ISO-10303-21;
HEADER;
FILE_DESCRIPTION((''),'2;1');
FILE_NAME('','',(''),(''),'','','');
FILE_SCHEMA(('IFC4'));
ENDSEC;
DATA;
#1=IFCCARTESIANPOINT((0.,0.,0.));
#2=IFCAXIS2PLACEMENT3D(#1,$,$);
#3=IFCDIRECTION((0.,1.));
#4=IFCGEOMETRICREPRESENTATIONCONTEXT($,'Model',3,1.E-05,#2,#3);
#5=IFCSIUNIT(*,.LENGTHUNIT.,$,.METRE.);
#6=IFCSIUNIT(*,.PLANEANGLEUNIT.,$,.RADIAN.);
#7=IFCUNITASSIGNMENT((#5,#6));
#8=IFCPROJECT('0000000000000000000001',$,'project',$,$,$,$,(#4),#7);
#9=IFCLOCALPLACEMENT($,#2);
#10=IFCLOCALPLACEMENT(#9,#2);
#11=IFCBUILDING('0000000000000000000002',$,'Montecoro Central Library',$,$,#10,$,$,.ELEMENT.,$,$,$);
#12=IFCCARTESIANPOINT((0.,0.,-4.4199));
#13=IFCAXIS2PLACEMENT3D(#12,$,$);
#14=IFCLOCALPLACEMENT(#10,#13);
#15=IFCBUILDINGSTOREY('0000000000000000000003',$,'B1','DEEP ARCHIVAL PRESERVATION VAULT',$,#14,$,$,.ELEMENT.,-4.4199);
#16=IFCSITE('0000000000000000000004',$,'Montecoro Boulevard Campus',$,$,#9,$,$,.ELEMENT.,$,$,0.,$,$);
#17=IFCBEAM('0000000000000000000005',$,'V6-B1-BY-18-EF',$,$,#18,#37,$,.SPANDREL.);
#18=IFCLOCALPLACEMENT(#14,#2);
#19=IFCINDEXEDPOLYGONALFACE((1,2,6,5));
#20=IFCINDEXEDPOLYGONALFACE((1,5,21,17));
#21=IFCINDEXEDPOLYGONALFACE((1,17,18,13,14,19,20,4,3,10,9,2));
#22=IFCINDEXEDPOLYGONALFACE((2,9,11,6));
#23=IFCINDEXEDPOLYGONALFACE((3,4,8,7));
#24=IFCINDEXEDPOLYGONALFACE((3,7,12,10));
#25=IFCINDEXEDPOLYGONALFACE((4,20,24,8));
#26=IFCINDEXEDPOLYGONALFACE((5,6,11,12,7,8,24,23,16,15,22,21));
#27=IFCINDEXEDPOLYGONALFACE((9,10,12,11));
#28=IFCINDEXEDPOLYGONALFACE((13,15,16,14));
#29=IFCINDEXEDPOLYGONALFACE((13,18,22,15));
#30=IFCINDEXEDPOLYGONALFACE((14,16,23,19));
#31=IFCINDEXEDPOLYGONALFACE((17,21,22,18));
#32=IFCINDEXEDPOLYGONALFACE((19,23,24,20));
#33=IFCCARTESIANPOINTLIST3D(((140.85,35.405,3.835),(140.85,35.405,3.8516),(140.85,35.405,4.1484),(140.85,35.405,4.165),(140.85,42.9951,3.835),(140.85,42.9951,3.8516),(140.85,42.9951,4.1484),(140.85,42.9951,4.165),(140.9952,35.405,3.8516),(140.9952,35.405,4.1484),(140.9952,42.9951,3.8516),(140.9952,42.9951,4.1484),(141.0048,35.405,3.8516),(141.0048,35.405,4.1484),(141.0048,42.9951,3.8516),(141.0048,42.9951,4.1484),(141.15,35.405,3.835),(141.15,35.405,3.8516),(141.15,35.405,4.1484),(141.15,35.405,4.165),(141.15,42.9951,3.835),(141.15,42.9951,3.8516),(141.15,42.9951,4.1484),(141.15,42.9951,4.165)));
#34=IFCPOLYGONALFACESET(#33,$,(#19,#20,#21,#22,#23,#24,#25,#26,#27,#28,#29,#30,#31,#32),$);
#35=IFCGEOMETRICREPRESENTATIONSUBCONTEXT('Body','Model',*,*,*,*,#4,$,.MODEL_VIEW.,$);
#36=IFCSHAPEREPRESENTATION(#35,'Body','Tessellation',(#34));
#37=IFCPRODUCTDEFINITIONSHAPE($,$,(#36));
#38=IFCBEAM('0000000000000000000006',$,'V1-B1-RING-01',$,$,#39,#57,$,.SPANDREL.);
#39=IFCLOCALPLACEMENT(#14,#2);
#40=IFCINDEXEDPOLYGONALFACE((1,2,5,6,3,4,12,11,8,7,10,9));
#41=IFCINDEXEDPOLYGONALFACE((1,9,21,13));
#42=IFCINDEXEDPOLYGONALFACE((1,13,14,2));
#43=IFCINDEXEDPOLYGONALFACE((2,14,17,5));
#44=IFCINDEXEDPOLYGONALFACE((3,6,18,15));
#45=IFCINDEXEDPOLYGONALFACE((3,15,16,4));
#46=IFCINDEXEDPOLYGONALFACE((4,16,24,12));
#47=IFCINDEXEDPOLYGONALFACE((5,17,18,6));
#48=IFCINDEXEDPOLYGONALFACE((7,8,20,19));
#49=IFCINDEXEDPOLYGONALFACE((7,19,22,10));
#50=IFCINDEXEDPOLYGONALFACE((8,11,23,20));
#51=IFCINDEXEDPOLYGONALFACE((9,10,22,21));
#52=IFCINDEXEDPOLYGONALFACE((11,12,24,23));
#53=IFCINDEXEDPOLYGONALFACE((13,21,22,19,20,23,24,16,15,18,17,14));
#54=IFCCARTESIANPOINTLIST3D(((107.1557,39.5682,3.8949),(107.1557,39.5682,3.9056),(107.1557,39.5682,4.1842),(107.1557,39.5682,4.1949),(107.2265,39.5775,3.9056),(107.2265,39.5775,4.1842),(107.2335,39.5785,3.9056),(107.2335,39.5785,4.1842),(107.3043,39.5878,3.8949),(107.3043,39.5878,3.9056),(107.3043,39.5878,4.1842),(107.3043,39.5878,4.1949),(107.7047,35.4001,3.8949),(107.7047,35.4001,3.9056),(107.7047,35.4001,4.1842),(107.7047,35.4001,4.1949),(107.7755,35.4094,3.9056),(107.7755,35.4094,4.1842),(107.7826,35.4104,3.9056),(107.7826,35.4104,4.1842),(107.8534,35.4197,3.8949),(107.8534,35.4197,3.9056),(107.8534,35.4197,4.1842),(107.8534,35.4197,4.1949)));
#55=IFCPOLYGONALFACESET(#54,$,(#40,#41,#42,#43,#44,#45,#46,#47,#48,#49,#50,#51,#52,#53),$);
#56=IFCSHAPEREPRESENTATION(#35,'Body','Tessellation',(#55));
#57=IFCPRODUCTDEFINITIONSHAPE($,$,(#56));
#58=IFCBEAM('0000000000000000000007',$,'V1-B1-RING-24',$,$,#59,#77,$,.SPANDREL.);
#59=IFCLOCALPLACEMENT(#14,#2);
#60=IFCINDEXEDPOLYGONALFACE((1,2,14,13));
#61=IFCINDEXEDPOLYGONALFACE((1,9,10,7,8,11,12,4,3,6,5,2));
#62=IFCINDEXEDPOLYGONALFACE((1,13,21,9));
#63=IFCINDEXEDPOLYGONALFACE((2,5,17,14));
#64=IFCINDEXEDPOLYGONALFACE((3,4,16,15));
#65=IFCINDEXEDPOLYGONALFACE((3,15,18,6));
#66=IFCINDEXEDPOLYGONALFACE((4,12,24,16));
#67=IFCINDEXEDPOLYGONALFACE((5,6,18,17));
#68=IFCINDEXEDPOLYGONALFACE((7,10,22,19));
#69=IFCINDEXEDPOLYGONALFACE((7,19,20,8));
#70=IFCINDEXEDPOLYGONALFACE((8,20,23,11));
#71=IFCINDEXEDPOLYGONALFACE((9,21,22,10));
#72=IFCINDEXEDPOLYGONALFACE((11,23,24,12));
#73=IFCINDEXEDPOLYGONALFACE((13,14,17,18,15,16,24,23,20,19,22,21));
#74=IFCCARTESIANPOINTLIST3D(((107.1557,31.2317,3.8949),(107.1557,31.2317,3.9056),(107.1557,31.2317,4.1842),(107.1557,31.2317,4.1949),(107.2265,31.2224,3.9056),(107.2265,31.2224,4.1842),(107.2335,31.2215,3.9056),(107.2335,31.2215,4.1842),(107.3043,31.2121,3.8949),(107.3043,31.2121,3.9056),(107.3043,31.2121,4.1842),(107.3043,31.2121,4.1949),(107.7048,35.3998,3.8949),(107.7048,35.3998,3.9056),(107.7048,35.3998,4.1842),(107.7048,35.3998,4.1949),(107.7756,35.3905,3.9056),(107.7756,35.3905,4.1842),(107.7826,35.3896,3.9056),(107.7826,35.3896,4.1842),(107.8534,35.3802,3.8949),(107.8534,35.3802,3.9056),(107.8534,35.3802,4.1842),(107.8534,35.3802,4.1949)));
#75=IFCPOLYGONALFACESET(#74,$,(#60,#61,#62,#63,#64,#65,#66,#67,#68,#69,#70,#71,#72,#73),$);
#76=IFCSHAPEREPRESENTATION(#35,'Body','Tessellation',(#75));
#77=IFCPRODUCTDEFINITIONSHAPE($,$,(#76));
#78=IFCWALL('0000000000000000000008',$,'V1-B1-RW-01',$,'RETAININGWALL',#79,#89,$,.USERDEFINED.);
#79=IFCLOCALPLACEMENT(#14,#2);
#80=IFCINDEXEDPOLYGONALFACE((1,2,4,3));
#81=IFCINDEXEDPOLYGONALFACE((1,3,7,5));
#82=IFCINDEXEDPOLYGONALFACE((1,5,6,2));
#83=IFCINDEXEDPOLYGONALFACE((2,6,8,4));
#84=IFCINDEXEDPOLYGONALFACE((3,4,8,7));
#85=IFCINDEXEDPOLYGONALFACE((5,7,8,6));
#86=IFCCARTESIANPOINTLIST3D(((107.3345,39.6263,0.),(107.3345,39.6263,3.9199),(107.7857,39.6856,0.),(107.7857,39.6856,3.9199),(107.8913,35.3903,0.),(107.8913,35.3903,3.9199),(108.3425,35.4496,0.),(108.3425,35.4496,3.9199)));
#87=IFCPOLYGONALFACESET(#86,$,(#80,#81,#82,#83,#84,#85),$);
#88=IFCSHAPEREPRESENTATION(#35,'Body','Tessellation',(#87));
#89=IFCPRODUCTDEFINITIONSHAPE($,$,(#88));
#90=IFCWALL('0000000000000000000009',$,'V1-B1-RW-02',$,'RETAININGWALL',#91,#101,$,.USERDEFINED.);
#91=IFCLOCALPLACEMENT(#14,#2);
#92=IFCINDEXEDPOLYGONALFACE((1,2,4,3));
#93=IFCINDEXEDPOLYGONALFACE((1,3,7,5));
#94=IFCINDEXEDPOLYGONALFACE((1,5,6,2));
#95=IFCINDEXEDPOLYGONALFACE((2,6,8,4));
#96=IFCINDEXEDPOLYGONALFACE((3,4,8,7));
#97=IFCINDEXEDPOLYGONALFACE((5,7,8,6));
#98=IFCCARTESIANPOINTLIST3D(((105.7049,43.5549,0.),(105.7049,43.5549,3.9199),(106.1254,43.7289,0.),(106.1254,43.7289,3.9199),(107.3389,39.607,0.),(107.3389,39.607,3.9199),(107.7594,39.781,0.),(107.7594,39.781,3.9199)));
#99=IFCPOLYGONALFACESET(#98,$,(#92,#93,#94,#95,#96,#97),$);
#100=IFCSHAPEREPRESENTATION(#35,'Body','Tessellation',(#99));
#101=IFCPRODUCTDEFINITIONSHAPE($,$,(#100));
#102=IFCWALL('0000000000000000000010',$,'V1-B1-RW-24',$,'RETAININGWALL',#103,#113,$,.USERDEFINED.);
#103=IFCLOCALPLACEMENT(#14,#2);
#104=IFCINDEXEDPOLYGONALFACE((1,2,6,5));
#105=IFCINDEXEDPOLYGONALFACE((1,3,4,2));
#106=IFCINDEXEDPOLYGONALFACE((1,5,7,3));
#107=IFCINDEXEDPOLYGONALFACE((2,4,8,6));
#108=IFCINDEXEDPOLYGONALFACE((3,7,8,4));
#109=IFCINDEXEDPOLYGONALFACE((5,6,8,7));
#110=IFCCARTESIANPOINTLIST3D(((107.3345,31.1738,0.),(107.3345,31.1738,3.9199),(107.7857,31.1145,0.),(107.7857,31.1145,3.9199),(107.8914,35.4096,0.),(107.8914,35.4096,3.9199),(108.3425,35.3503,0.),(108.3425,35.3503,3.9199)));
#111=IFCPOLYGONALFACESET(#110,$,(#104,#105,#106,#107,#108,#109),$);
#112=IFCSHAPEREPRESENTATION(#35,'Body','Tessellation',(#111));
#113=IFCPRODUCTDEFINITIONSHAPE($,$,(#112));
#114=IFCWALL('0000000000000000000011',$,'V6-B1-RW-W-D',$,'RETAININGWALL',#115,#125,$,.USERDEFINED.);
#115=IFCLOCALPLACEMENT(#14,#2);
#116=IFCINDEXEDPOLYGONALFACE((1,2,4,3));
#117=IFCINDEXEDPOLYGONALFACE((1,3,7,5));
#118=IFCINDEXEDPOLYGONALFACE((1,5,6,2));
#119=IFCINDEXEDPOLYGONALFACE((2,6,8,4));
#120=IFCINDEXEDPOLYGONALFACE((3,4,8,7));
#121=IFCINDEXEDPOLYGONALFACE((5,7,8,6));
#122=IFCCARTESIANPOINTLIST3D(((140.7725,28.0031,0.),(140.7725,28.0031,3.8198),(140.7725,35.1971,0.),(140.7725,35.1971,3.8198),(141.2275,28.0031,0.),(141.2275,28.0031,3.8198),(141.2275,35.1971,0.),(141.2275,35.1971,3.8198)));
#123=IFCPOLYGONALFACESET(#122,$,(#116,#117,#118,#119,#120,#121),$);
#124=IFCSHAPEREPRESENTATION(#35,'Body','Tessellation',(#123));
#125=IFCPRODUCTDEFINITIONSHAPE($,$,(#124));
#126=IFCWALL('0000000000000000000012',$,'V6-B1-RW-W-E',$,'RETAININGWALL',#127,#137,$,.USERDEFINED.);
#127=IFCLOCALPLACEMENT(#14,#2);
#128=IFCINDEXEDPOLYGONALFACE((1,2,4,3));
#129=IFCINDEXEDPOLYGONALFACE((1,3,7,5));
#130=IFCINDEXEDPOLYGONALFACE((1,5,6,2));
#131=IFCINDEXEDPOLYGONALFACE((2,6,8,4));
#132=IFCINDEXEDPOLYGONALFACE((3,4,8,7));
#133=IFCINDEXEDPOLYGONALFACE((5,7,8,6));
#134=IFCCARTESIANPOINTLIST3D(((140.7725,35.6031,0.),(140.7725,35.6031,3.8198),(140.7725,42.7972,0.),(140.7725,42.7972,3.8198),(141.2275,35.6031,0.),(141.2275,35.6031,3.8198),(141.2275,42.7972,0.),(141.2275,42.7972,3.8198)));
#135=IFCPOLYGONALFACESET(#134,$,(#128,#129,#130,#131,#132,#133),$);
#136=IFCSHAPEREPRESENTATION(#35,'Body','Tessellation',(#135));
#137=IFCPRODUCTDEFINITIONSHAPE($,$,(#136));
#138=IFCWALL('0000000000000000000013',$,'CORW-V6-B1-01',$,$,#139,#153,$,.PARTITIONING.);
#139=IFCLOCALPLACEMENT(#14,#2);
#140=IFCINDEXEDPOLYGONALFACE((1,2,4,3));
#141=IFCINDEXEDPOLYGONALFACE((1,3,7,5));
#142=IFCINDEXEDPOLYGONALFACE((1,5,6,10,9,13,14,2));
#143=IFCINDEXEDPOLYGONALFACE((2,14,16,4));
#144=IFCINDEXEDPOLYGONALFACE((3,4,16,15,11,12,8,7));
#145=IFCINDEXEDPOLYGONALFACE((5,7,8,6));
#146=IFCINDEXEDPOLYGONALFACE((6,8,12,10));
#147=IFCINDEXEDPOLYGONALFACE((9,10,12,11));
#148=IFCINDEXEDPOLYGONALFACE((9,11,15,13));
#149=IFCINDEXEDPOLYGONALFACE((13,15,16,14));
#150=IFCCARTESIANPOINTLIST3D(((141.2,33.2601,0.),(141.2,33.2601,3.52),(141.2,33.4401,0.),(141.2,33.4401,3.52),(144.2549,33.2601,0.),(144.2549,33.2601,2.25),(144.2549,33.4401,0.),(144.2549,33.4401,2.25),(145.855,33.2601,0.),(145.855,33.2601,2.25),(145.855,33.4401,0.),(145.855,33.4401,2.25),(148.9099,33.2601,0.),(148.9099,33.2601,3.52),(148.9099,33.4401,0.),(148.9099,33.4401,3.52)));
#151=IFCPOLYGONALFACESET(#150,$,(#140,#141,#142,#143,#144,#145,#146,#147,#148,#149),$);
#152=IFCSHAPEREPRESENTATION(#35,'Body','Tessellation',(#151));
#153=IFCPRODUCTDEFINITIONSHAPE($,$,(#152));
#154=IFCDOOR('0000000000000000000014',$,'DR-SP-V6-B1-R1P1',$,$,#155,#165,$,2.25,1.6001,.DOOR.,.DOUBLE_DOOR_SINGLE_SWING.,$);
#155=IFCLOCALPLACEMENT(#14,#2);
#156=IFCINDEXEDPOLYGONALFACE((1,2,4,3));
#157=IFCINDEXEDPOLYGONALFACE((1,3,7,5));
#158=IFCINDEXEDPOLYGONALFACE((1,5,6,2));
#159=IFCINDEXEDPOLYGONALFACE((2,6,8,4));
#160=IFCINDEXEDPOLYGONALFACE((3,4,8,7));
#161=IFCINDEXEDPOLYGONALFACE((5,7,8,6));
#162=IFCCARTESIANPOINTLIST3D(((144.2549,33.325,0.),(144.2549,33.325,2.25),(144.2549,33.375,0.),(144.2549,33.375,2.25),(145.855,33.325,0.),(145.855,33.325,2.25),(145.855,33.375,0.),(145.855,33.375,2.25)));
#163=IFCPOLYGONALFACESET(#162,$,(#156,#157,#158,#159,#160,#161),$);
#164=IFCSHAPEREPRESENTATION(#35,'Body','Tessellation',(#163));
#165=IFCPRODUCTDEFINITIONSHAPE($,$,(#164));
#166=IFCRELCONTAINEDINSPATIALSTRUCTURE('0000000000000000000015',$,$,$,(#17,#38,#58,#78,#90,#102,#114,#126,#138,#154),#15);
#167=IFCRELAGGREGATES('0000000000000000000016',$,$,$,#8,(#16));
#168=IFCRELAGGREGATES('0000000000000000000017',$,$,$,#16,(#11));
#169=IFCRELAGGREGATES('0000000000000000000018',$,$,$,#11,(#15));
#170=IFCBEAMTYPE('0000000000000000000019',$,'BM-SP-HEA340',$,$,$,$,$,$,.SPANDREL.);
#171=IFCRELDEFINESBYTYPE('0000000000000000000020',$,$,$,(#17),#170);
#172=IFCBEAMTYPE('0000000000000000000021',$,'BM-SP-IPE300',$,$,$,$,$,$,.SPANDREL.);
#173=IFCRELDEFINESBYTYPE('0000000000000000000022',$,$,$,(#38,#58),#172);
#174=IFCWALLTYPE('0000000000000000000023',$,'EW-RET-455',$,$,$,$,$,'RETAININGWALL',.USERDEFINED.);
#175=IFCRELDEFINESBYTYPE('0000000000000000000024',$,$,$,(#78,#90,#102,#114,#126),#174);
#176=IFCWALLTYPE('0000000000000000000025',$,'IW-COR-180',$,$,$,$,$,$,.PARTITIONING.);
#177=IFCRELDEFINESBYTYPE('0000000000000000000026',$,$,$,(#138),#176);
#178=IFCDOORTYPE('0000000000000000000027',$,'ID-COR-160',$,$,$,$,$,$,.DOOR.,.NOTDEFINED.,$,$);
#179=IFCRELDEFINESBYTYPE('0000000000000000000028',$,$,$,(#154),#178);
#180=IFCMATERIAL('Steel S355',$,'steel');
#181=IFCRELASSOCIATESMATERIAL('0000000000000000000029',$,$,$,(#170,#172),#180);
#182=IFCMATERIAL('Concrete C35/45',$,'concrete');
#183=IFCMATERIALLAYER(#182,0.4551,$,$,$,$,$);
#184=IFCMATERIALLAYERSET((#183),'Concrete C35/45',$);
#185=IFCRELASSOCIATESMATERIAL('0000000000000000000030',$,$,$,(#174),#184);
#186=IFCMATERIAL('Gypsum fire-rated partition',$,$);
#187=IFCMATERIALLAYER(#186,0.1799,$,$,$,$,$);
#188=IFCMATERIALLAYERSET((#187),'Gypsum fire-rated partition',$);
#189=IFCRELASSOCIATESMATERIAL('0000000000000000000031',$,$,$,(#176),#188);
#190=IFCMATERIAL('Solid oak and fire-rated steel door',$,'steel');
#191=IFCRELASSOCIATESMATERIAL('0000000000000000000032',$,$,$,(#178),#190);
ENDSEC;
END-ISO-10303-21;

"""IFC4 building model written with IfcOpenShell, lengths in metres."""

from ifc_helpers import new_model, si_unit, direction, frame, frame_2d, origin, origin_2d, place, context, subcontext, project, spatial, rectangle, i_section, extrude, material, layer, layer_set, material_profile, profile_set, type_object, element, fill, save


model = new_model("IFC4")

# Units and contexts
model_context = context("Model", 3, precision=1e-05, world=origin(), true_north=direction((0.0, 1.0)))
body_context = subcontext(model_context, "Body", "Model", "MODEL_VIEW")
ifc_project = project(units=[si_unit("LENGTHUNIT", "METRE"), si_unit("PLANEANGLEUNIT", "RADIAN")], contexts=[model_context])

# Site, building, storey
site_placement = place(None, origin())
site = spatial("IfcSite", under=ifc_project, at=site_placement, Name="Montecoro Boulevard Campus", CompositionType="ELEMENT", RefElevation=0.0)
building_placement = place(site_placement, origin())
building = spatial("IfcBuilding", under=site, at=building_placement, Name="Montecoro Central Library", CompositionType="ELEMENT")
storey_placement = place(building_placement, frame((0.0, 0.0, -4.4199)))
storey = spatial("IfcBuildingStorey", under=building, at=storey_placement, Name="B1", Description="DEEP ARCHIVAL PRESERVATION VAULT", CompositionType="ELEMENT", Elevation=-4.4199)

# Shared definitions
ifc_material_1 = material(Name="Concrete C35/45", Category="concrete")

# Beams
ifc_material_2 = material(Name="Steel S355", Category="steel")
ifc_material_profile_1 = material_profile(ifc_material_2, i_section(OverallWidth=0.3, OverallDepth=0.3301, WebThickness=0.0095, FlangeThickness=0.0166, at=origin_2d()), Name="HEA 340")
ifc_profile_set_1 = profile_set([ifc_material_profile_1], Name="Steel S355")
beam_type_1 = type_object("IfcBeamType", Name="BM-SP-HEA340", PredefinedType="SPANDREL", material=ifc_profile_set_1)
beam_1_placement = place(storey_placement, frame((141.0, 35.405, 4.0), z_axis=(0.0, 1.0, 0.0), x_axis=(-1.0, 0.0, 0.0)))
element("IfcBeam", 1, at=beam_1_placement, inside=storey, type_object=beam_type_1, Name="V6-B1-BY-18-EF", PredefinedType="SPANDREL", context=body_context, shape_type="SweptSolid", body=[
    extrude(i_section(OverallWidth=0.3, OverallDepth=0.3301, WebThickness=0.0095, FlangeThickness=0.0166, at=origin_2d()), origin(), (0.0, 0.0, 1.0), 7.5901),
])
ifc_material_profile_2 = material_profile(ifc_material_2, i_section(OverallWidth=0.1499, OverallDepth=0.3, WebThickness=0.0071, FlangeThickness=0.0107, at=origin_2d()), Name="IPE 300")
ifc_profile_set_2 = profile_set([ifc_material_profile_2], Name="Steel S355")
beam_type_2 = type_object("IfcBeamType", Name="BM-SP-IPE300", PredefinedType="SPANDREL", material=ifc_profile_set_2)
for number, where, z_axis, x_axis, name in (
    (2, (107.7791, 35.4099, 4.0449), (-0.130608, 0.991434, 0.0), (-0.991434, -0.130608, 0.0), "V1-B1-RING-01"),
    (3, (107.23, 31.2219, 4.0449), (0.130608, 0.991434, 0.0), (-0.991434, 0.130608, 0.0), "V1-B1-RING-24"),
):
    element("IfcBeam", number, at=place(storey_placement, frame(where, z_axis=z_axis, x_axis=x_axis)), inside=storey, type_object=beam_type_2, Name=name, PredefinedType="SPANDREL", context=body_context, shape_type="SweptSolid", body=[
        extrude(i_section(OverallWidth=0.1499, OverallDepth=0.3, WebThickness=0.0071, FlangeThickness=0.0107, at=origin_2d()), origin(), (0.0, 0.0, 1.0), 4.2041),
    ])

# Walls
ifc_layer_1 = layer(ifc_material_1, 0.4551)
ifc_layer_set_1 = layer_set([ifc_layer_1], Name="Concrete C35/45")
wall_type_1 = type_object("IfcWallType", Name="EW-RET-455", ElementType="RETAININGWALL", PredefinedType="USERDEFINED", material=ifc_layer_set_1)
wall_1_placement = place(storey_placement, frame((108.1169, 35.4199, 0.0), z_axis=(0.0, 0.0, 1.0), x_axis=(-0.130341, 0.991469, 0.0)))
element("IfcWall", 4, at=wall_1_placement, inside=storey, type_object=wall_type_1, Name="V1-B1-RW-01", ObjectType="RETAININGWALL", PredefinedType="USERDEFINED", context=body_context, shape_type="SweptSolid", body=[
    extrude(rectangle(XDim=4.2725, YDim=0.4551, at=frame_2d((2.1362, 0.0))), origin(), (0.0, 0.0, 1.0), 3.9199),
])
wall_2_placement = place(storey_placement, frame((107.5491, 39.6941, 0.0), z_axis=(0.0, 0.0, 1.0), x_axis=(-0.382427, 0.923986, 0.0)))
element("IfcWall", 5, at=wall_2_placement, inside=storey, type_object=wall_type_1, Name="V1-B1-RW-02", ObjectType="RETAININGWALL", PredefinedType="USERDEFINED", context=body_context, shape_type="SweptSolid", body=[
    extrude(rectangle(XDim=4.2727, YDim=0.4551, at=frame_2d((2.1362, 0.0))), origin(), (0.0, 0.0, 1.0), 3.9199),
])
wall_3_placement = place(storey_placement, frame((107.5601, 31.144, 0.0), z_axis=(0.0, 0.0, 1.0), x_axis=(0.130348, 0.991468, 0.0)))
element("IfcWall", 6, at=wall_3_placement, inside=storey, type_object=wall_type_1, Name="V1-B1-RW-24", ObjectType="RETAININGWALL", PredefinedType="USERDEFINED", context=body_context, shape_type="SweptSolid", body=[
    extrude(rectangle(XDim=4.2722, YDim=0.4551, at=frame_2d((2.1362, 0.0))), origin(), (0.0, 0.0, 1.0), 3.9199),
])
for number, where, z_axis, x_axis, name in (
    (7, (141.0, 28.0029, 0.0), (0.0, 0.0, 1.0), (0.0, 1.0, 0.0), "V6-B1-RW-W-D"),
    (8, (141.0, 35.603, 0.0), (0.0, 0.0, 1.0), (0.0, 1.0, 0.0), "V6-B1-RW-W-E"),
):
    element("IfcWall", number, at=place(storey_placement, frame(where, z_axis=z_axis, x_axis=x_axis)), inside=storey, type_object=wall_type_1, Name=name, ObjectType="RETAININGWALL", PredefinedType="USERDEFINED", context=body_context, shape_type="SweptSolid", body=[
        extrude(rectangle(XDim=7.1941, YDim=0.4551, at=frame_2d((3.5972, 0.0))), origin(), (0.0, 0.0, 1.0), 3.8198),
    ])

# Wall, opening, door
ifc_material_3 = material(Name="Gypsum fire-rated partition")
ifc_layer_2 = layer(ifc_material_3, 0.1799)
ifc_layer_set_2 = layer_set([ifc_layer_2], Name="Gypsum fire-rated partition")
wall_type_2 = type_object("IfcWallType", Name="IW-COR-180", PredefinedType="PARTITIONING", material=ifc_layer_set_2)
wall_4_placement = place(storey_placement, frame((141.2, 33.3501, 0.0), z_axis=(0.0, 0.0, 1.0), x_axis=(1.0, 0.0, 0.0)))
wall_4 = element("IfcWall", 9, at=wall_4_placement, inside=storey, type_object=wall_type_2, Name="CORW-V6-B1-01", PredefinedType="PARTITIONING", context=body_context, shape_type="SweptSolid", body=[
    extrude(rectangle(XDim=7.71, YDim=0.1799, at=frame_2d((3.855, 0.0))), origin(), (0.0, 0.0, 1.0), 3.52),
])
opening_placement = place(wall_4_placement, frame((3.0549, 0.0, 0.0)))
opening = element("IfcOpeningElement", 10, at=opening_placement, cuts=wall_4, PredefinedType="OPENING", context=body_context, shape_type="SweptSolid", body=[
    extrude(rectangle(XDim=1.6001, YDim=2.25, at=frame_2d((0.8, 1.125))), frame((0.0, 0.0999, 0.0), z_axis=(0.0, -1.0, 0.0), x_axis=(1.0, 0.0, 0.0)), (0.0, 0.0, 1.0), 0.2),
])
ifc_material_4 = material(Name="Solid oak and fire-rated steel door", Category="steel")
door_type = type_object("IfcDoorType", Name="ID-COR-160", OperationType="NOTDEFINED", PredefinedType="DOOR", material=ifc_material_4)
door_placement = place(opening_placement, origin())
door = element("IfcDoor", 11, at=door_placement, inside=storey, type_object=door_type, Name="DR-SP-V6-B1-R1P1", OperationType="DOUBLE_DOOR_SINGLE_SWING", OverallHeight=2.25, OverallWidth=1.6001, PredefinedType="DOOR", context=body_context, shape_type="SweptSolid", body=[
    extrude(rectangle(XDim=1.6001, YDim=2.25, at=frame_2d((0.8, 1.125))), frame((0.0, 0.0249, 0.0), z_axis=(0.0, -1.0, 0.0), x_axis=(1.0, 0.0, 0.0)), (0.0, 0.0, 1.0), 0.05),
])
fill(opening, door)

save(model, "model.ifc")
